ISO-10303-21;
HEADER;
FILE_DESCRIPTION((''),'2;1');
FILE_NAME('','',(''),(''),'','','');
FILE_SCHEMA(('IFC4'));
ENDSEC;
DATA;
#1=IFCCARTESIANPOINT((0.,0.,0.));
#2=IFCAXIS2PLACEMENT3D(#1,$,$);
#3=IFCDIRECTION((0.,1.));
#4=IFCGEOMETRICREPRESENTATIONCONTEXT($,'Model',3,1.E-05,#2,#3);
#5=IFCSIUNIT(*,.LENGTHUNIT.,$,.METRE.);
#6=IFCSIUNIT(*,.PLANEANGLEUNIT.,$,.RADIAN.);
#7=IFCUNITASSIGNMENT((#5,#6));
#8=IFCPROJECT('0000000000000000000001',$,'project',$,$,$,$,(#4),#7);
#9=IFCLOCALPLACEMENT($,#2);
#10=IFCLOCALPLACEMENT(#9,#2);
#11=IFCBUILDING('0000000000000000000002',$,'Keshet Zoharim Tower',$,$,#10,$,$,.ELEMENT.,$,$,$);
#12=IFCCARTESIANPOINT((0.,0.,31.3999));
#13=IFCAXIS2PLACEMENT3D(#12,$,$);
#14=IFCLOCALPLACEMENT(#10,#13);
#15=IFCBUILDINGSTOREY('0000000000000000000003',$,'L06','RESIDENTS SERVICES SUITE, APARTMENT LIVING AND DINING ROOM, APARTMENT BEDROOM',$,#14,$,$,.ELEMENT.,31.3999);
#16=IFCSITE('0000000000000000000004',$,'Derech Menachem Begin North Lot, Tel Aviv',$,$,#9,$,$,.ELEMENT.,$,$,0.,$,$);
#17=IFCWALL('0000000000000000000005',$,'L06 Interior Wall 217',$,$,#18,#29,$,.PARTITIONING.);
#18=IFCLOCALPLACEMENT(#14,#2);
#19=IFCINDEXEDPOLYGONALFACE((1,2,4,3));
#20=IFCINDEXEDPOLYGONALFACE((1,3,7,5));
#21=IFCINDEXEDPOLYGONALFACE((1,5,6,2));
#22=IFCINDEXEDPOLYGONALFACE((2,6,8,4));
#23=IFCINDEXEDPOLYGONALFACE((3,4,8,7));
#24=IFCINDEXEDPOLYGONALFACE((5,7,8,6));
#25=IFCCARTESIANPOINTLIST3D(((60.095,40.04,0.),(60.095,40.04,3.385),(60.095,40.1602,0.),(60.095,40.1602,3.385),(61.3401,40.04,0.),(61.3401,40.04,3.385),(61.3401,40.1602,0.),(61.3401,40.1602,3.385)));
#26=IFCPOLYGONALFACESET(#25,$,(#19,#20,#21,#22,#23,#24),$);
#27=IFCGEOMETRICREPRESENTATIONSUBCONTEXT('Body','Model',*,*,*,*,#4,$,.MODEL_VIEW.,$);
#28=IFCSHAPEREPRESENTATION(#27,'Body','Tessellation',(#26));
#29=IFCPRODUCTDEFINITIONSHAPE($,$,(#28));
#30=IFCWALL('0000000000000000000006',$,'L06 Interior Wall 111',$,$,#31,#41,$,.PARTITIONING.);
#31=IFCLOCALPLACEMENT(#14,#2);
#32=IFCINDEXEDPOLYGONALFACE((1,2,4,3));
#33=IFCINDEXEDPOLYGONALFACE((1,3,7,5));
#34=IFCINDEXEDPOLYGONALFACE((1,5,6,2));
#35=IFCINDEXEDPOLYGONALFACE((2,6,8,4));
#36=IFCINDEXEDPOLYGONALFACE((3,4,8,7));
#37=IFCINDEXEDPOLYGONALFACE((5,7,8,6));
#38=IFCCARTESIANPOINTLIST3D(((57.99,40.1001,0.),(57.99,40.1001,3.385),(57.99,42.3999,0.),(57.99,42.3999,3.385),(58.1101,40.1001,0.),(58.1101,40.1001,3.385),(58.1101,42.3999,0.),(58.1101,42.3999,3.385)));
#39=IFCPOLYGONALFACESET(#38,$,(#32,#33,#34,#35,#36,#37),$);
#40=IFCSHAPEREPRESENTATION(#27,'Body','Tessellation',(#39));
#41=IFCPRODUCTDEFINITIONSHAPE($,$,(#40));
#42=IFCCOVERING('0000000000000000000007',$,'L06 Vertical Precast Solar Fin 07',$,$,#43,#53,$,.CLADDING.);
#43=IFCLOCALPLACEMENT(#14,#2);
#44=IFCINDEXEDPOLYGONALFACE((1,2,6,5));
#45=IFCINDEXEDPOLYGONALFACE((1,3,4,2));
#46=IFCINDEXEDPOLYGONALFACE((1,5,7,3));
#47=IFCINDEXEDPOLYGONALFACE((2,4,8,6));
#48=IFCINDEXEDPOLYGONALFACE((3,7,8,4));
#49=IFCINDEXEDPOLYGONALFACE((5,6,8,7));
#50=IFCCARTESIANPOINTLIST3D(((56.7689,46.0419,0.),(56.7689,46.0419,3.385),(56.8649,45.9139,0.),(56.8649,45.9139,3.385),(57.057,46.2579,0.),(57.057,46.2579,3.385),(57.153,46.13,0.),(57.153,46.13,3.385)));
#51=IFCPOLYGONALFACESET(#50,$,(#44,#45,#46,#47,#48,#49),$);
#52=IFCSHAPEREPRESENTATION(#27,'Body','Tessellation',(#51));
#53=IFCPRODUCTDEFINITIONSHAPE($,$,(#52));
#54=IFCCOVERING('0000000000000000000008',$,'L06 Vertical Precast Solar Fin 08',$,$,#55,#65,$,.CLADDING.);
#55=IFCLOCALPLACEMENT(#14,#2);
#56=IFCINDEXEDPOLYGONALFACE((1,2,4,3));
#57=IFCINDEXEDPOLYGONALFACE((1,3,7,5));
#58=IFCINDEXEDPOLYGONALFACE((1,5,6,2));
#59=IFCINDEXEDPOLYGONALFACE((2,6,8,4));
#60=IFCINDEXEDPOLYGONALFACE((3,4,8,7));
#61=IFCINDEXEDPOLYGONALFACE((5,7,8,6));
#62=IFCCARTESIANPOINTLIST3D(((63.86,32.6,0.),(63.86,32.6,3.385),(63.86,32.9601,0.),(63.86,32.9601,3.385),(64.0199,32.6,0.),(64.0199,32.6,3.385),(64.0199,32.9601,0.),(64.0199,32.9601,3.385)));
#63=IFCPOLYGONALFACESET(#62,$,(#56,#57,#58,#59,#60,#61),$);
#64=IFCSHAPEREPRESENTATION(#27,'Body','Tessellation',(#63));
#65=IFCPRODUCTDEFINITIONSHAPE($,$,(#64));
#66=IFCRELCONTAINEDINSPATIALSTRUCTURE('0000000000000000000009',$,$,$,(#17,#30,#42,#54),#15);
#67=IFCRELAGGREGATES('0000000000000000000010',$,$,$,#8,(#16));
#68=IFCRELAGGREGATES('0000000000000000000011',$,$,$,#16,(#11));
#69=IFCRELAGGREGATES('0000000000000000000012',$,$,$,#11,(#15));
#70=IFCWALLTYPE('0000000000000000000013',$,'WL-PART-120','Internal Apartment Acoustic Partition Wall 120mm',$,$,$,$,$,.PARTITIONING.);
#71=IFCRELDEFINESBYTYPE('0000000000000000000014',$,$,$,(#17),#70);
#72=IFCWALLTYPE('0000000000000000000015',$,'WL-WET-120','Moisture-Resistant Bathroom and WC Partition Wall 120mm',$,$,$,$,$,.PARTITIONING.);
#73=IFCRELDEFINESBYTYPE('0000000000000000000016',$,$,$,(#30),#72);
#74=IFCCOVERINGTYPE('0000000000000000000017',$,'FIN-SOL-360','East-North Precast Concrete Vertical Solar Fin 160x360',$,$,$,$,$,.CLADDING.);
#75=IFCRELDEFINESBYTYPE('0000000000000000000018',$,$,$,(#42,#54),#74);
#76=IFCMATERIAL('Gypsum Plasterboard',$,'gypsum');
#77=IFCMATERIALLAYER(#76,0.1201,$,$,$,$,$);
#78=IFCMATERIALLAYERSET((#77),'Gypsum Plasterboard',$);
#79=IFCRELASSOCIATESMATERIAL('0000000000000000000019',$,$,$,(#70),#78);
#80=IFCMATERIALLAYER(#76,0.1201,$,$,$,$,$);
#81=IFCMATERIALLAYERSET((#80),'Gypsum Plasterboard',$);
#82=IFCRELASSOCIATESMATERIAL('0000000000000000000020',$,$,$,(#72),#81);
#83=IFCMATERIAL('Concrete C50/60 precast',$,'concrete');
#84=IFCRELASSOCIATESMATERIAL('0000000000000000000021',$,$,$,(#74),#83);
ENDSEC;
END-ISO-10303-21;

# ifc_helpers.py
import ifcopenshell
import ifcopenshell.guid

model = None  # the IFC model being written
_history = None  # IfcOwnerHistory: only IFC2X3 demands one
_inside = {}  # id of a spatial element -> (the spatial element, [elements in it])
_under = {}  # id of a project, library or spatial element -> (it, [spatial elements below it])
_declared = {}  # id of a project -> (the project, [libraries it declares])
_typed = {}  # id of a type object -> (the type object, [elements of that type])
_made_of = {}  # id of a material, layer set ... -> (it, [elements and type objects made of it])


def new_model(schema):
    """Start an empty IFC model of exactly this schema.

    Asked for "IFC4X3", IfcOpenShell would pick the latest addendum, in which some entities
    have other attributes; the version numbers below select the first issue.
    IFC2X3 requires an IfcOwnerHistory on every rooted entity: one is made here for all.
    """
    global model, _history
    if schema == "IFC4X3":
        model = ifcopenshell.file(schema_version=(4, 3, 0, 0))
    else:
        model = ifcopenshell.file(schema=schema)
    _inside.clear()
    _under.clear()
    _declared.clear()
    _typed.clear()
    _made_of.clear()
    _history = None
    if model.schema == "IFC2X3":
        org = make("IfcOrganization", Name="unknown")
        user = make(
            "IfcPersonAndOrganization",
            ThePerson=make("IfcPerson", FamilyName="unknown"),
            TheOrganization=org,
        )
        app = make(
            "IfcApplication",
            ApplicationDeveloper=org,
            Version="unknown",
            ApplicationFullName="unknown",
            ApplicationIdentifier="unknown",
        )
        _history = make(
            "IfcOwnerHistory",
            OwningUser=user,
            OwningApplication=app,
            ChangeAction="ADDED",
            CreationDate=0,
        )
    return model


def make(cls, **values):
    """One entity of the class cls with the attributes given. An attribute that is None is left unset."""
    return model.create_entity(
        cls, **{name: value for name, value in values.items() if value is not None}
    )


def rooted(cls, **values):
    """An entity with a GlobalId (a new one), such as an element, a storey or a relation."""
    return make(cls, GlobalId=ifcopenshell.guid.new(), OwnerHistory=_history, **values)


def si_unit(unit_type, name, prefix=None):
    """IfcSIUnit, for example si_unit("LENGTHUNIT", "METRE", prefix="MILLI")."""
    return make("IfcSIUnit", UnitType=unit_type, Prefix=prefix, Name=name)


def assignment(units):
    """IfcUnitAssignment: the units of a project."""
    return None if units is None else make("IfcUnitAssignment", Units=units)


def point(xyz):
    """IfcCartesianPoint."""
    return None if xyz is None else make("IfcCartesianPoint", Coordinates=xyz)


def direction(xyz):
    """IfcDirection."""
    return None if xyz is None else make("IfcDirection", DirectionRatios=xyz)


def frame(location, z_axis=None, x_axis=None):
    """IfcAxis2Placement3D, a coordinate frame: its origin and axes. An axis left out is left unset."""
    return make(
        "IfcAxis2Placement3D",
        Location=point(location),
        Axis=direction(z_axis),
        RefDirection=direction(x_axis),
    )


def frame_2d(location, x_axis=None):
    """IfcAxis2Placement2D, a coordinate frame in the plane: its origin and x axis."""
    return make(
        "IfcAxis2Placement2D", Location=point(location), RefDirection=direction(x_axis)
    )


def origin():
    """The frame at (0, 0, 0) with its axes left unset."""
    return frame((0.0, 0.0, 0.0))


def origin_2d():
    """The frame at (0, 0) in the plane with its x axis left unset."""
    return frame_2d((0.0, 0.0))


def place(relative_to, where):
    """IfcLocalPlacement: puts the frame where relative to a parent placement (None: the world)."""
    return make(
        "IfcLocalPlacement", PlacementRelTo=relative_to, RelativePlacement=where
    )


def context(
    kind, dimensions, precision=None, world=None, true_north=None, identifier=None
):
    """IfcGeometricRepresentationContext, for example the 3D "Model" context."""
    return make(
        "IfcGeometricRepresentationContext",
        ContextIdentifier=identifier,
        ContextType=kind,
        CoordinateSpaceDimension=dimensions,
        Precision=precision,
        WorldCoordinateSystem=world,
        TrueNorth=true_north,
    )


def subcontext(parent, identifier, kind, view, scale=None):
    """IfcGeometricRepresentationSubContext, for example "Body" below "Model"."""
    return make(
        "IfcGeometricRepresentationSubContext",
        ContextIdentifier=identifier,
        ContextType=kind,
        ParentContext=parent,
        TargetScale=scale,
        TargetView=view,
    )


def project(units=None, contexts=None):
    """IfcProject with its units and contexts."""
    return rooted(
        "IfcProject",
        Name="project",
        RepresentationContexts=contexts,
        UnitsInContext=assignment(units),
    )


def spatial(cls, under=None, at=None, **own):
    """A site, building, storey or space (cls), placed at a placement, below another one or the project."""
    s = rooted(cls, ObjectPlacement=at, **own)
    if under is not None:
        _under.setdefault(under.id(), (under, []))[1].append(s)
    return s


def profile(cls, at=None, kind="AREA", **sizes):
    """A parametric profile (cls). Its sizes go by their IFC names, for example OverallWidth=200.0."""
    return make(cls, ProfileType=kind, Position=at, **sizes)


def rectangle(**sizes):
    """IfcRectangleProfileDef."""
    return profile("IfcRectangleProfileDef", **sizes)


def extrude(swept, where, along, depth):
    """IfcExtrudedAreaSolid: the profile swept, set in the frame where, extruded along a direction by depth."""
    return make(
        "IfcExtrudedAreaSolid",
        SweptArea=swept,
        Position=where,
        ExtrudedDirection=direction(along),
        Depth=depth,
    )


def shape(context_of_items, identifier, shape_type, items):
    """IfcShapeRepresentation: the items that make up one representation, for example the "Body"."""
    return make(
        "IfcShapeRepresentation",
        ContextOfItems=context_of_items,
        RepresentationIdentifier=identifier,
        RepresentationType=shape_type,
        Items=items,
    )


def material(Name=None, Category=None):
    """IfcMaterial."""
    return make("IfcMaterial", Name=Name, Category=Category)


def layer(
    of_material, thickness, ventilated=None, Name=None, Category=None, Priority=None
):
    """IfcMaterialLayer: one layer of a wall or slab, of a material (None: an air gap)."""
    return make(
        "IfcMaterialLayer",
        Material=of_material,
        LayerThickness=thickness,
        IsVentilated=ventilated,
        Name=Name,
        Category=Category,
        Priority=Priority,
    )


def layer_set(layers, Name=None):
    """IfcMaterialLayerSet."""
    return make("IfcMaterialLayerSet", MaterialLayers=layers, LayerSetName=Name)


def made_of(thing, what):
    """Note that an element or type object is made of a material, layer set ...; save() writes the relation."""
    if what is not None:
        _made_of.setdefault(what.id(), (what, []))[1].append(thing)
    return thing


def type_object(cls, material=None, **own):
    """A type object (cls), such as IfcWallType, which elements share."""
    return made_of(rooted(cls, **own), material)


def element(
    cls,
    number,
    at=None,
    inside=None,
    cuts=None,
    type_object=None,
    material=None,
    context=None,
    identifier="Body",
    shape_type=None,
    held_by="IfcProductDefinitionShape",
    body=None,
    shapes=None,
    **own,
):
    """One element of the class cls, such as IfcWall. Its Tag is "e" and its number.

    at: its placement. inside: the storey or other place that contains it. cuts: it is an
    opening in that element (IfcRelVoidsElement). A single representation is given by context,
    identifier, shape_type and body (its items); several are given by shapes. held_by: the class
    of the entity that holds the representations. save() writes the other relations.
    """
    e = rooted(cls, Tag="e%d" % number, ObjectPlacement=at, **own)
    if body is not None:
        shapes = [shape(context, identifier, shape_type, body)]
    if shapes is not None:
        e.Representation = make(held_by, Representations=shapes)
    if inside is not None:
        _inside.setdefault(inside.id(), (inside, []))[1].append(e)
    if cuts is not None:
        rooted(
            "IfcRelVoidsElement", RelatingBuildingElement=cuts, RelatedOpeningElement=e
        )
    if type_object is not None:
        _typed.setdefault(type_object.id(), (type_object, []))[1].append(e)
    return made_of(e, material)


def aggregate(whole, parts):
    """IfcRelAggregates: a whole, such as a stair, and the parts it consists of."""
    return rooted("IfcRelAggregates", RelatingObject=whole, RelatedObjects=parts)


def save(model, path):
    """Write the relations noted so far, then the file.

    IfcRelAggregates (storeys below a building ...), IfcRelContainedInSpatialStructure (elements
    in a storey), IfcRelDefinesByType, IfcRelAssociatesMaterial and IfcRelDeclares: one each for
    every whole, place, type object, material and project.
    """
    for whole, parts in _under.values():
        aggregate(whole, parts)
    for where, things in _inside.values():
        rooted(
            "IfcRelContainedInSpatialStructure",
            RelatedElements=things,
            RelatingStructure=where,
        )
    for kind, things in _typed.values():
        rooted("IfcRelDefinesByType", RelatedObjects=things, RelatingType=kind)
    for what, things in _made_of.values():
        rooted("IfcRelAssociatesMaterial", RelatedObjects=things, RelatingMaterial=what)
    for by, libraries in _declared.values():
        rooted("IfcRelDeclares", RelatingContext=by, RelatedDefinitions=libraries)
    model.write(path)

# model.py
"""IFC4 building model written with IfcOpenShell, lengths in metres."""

from ifc_helpers import new_model, si_unit, direction, frame, frame_2d, origin, origin_2d, place, context, subcontext, project, spatial, rectangle, extrude, material, layer, layer_set, type_object, element, save


model = new_model("IFC4")

# Units and contexts
model_context = context("Model", 3, precision=1e-05, world=origin(), true_north=direction((0.0, 1.0)))
body_context = subcontext(model_context, "Body", "Model", "MODEL_VIEW")
ifc_project = project(units=[si_unit("LENGTHUNIT", "METRE"), si_unit("PLANEANGLEUNIT", "RADIAN")], contexts=[model_context])

# Site, building, storey
site_placement = place(None, origin())
site = spatial("IfcSite", under=ifc_project, at=site_placement, Name="Derech Menachem Begin North Lot, Tel Aviv", CompositionType="ELEMENT", RefElevation=0.0)
building_placement = place(site_placement, origin())
building = spatial("IfcBuilding", under=site, at=building_placement, Name="Keshet Zoharim Tower", CompositionType="ELEMENT")
storey_placement = place(building_placement, frame((0.0, 0.0, 31.3999)))
storey = spatial("IfcBuildingStorey", under=building, at=storey_placement, Name="L06", Description="RESIDENTS SERVICES SUITE, APARTMENT LIVING AND DINING ROOM, APARTMENT BEDROOM", CompositionType="ELEMENT", Elevation=31.3999)

# Walls
ifc_material_1 = material(Name="Gypsum Plasterboard", Category="gypsum")
ifc_layer_1 = layer(ifc_material_1, 0.1201)
ifc_layer_set_1 = layer_set([ifc_layer_1], Name="Gypsum Plasterboard")
wall_type_1 = type_object("IfcWallType", Name="WL-PART-120", Description="Internal Apartment Acoustic Partition Wall 120mm", PredefinedType="PARTITIONING", material=ifc_layer_set_1)
wall_1_placement = place(storey_placement, frame((60.095, 40.1001, 0.0), z_axis=(0.0, 0.0, 1.0), x_axis=(1.0, 0.0, 0.0)))
element("IfcWall", 1, at=wall_1_placement, inside=storey, type_object=wall_type_1, Name="L06 Interior Wall 217", PredefinedType="PARTITIONING", context=body_context, shape_type="SweptSolid", body=[
    extrude(rectangle(XDim=1.2451, YDim=0.1201, at=frame_2d((0.6226, 0.0))), origin(), (0.0, 0.0, 1.0), 3.385),
])
ifc_layer_2 = layer(ifc_material_1, 0.1201)
ifc_layer_set_2 = layer_set([ifc_layer_2], Name="Gypsum Plasterboard")
wall_type_2 = type_object("IfcWallType", Name="WL-WET-120", Description="Moisture-Resistant Bathroom and WC Partition Wall 120mm", PredefinedType="PARTITIONING", material=ifc_layer_set_2)
wall_2_placement = place(storey_placement, frame((58.05, 40.1001, 0.0), z_axis=(0.0, 0.0, 1.0), x_axis=(0.0, 1.0, 0.0)))
element("IfcWall", 2, at=wall_2_placement, inside=storey, type_object=wall_type_2, Name="L06 Interior Wall 111", PredefinedType="PARTITIONING", context=body_context, shape_type="SweptSolid", body=[
    extrude(rectangle(XDim=2.2998, YDim=0.1201, at=frame_2d((1.1499, 0.0))), origin(), (0.0, 0.0, 1.0), 3.385),
])

# Coverings
ifc_material_2 = material(Name="Concrete C50/60 precast", Category="concrete")
covering_type = type_object("IfcCoveringType", Name="FIN-SOL-360", Description="East-North Precast Concrete Vertical Solar Fin 160x360", PredefinedType="CLADDING", material=ifc_material_2)
for number, where, z_axis, x_axis, name in (
    (3, (56.9609, 46.0859, 0.0), (0.0, 0.0, 1.0), (0.6, -0.8, 0.0), "L06 Vertical Precast Solar Fin 07"),
    (4, (63.9399, 32.78, 0.0), (0.0, 0.0, 1.0), (1.0, 0.0, 0.0), "L06 Vertical Precast Solar Fin 08"),
):
    element("IfcCovering", number, at=place(storey_placement, frame(where, z_axis=z_axis, x_axis=x_axis)), inside=storey, type_object=covering_type, Name=name, PredefinedType="CLADDING", context=body_context, shape_type="SweptSolid", body=[
        extrude(rectangle(XDim=0.1599, YDim=0.3601, at=origin_2d()), origin(), (0.0, 0.0, 1.0), 3.385),
    ])

save(model, "model.ifc")
